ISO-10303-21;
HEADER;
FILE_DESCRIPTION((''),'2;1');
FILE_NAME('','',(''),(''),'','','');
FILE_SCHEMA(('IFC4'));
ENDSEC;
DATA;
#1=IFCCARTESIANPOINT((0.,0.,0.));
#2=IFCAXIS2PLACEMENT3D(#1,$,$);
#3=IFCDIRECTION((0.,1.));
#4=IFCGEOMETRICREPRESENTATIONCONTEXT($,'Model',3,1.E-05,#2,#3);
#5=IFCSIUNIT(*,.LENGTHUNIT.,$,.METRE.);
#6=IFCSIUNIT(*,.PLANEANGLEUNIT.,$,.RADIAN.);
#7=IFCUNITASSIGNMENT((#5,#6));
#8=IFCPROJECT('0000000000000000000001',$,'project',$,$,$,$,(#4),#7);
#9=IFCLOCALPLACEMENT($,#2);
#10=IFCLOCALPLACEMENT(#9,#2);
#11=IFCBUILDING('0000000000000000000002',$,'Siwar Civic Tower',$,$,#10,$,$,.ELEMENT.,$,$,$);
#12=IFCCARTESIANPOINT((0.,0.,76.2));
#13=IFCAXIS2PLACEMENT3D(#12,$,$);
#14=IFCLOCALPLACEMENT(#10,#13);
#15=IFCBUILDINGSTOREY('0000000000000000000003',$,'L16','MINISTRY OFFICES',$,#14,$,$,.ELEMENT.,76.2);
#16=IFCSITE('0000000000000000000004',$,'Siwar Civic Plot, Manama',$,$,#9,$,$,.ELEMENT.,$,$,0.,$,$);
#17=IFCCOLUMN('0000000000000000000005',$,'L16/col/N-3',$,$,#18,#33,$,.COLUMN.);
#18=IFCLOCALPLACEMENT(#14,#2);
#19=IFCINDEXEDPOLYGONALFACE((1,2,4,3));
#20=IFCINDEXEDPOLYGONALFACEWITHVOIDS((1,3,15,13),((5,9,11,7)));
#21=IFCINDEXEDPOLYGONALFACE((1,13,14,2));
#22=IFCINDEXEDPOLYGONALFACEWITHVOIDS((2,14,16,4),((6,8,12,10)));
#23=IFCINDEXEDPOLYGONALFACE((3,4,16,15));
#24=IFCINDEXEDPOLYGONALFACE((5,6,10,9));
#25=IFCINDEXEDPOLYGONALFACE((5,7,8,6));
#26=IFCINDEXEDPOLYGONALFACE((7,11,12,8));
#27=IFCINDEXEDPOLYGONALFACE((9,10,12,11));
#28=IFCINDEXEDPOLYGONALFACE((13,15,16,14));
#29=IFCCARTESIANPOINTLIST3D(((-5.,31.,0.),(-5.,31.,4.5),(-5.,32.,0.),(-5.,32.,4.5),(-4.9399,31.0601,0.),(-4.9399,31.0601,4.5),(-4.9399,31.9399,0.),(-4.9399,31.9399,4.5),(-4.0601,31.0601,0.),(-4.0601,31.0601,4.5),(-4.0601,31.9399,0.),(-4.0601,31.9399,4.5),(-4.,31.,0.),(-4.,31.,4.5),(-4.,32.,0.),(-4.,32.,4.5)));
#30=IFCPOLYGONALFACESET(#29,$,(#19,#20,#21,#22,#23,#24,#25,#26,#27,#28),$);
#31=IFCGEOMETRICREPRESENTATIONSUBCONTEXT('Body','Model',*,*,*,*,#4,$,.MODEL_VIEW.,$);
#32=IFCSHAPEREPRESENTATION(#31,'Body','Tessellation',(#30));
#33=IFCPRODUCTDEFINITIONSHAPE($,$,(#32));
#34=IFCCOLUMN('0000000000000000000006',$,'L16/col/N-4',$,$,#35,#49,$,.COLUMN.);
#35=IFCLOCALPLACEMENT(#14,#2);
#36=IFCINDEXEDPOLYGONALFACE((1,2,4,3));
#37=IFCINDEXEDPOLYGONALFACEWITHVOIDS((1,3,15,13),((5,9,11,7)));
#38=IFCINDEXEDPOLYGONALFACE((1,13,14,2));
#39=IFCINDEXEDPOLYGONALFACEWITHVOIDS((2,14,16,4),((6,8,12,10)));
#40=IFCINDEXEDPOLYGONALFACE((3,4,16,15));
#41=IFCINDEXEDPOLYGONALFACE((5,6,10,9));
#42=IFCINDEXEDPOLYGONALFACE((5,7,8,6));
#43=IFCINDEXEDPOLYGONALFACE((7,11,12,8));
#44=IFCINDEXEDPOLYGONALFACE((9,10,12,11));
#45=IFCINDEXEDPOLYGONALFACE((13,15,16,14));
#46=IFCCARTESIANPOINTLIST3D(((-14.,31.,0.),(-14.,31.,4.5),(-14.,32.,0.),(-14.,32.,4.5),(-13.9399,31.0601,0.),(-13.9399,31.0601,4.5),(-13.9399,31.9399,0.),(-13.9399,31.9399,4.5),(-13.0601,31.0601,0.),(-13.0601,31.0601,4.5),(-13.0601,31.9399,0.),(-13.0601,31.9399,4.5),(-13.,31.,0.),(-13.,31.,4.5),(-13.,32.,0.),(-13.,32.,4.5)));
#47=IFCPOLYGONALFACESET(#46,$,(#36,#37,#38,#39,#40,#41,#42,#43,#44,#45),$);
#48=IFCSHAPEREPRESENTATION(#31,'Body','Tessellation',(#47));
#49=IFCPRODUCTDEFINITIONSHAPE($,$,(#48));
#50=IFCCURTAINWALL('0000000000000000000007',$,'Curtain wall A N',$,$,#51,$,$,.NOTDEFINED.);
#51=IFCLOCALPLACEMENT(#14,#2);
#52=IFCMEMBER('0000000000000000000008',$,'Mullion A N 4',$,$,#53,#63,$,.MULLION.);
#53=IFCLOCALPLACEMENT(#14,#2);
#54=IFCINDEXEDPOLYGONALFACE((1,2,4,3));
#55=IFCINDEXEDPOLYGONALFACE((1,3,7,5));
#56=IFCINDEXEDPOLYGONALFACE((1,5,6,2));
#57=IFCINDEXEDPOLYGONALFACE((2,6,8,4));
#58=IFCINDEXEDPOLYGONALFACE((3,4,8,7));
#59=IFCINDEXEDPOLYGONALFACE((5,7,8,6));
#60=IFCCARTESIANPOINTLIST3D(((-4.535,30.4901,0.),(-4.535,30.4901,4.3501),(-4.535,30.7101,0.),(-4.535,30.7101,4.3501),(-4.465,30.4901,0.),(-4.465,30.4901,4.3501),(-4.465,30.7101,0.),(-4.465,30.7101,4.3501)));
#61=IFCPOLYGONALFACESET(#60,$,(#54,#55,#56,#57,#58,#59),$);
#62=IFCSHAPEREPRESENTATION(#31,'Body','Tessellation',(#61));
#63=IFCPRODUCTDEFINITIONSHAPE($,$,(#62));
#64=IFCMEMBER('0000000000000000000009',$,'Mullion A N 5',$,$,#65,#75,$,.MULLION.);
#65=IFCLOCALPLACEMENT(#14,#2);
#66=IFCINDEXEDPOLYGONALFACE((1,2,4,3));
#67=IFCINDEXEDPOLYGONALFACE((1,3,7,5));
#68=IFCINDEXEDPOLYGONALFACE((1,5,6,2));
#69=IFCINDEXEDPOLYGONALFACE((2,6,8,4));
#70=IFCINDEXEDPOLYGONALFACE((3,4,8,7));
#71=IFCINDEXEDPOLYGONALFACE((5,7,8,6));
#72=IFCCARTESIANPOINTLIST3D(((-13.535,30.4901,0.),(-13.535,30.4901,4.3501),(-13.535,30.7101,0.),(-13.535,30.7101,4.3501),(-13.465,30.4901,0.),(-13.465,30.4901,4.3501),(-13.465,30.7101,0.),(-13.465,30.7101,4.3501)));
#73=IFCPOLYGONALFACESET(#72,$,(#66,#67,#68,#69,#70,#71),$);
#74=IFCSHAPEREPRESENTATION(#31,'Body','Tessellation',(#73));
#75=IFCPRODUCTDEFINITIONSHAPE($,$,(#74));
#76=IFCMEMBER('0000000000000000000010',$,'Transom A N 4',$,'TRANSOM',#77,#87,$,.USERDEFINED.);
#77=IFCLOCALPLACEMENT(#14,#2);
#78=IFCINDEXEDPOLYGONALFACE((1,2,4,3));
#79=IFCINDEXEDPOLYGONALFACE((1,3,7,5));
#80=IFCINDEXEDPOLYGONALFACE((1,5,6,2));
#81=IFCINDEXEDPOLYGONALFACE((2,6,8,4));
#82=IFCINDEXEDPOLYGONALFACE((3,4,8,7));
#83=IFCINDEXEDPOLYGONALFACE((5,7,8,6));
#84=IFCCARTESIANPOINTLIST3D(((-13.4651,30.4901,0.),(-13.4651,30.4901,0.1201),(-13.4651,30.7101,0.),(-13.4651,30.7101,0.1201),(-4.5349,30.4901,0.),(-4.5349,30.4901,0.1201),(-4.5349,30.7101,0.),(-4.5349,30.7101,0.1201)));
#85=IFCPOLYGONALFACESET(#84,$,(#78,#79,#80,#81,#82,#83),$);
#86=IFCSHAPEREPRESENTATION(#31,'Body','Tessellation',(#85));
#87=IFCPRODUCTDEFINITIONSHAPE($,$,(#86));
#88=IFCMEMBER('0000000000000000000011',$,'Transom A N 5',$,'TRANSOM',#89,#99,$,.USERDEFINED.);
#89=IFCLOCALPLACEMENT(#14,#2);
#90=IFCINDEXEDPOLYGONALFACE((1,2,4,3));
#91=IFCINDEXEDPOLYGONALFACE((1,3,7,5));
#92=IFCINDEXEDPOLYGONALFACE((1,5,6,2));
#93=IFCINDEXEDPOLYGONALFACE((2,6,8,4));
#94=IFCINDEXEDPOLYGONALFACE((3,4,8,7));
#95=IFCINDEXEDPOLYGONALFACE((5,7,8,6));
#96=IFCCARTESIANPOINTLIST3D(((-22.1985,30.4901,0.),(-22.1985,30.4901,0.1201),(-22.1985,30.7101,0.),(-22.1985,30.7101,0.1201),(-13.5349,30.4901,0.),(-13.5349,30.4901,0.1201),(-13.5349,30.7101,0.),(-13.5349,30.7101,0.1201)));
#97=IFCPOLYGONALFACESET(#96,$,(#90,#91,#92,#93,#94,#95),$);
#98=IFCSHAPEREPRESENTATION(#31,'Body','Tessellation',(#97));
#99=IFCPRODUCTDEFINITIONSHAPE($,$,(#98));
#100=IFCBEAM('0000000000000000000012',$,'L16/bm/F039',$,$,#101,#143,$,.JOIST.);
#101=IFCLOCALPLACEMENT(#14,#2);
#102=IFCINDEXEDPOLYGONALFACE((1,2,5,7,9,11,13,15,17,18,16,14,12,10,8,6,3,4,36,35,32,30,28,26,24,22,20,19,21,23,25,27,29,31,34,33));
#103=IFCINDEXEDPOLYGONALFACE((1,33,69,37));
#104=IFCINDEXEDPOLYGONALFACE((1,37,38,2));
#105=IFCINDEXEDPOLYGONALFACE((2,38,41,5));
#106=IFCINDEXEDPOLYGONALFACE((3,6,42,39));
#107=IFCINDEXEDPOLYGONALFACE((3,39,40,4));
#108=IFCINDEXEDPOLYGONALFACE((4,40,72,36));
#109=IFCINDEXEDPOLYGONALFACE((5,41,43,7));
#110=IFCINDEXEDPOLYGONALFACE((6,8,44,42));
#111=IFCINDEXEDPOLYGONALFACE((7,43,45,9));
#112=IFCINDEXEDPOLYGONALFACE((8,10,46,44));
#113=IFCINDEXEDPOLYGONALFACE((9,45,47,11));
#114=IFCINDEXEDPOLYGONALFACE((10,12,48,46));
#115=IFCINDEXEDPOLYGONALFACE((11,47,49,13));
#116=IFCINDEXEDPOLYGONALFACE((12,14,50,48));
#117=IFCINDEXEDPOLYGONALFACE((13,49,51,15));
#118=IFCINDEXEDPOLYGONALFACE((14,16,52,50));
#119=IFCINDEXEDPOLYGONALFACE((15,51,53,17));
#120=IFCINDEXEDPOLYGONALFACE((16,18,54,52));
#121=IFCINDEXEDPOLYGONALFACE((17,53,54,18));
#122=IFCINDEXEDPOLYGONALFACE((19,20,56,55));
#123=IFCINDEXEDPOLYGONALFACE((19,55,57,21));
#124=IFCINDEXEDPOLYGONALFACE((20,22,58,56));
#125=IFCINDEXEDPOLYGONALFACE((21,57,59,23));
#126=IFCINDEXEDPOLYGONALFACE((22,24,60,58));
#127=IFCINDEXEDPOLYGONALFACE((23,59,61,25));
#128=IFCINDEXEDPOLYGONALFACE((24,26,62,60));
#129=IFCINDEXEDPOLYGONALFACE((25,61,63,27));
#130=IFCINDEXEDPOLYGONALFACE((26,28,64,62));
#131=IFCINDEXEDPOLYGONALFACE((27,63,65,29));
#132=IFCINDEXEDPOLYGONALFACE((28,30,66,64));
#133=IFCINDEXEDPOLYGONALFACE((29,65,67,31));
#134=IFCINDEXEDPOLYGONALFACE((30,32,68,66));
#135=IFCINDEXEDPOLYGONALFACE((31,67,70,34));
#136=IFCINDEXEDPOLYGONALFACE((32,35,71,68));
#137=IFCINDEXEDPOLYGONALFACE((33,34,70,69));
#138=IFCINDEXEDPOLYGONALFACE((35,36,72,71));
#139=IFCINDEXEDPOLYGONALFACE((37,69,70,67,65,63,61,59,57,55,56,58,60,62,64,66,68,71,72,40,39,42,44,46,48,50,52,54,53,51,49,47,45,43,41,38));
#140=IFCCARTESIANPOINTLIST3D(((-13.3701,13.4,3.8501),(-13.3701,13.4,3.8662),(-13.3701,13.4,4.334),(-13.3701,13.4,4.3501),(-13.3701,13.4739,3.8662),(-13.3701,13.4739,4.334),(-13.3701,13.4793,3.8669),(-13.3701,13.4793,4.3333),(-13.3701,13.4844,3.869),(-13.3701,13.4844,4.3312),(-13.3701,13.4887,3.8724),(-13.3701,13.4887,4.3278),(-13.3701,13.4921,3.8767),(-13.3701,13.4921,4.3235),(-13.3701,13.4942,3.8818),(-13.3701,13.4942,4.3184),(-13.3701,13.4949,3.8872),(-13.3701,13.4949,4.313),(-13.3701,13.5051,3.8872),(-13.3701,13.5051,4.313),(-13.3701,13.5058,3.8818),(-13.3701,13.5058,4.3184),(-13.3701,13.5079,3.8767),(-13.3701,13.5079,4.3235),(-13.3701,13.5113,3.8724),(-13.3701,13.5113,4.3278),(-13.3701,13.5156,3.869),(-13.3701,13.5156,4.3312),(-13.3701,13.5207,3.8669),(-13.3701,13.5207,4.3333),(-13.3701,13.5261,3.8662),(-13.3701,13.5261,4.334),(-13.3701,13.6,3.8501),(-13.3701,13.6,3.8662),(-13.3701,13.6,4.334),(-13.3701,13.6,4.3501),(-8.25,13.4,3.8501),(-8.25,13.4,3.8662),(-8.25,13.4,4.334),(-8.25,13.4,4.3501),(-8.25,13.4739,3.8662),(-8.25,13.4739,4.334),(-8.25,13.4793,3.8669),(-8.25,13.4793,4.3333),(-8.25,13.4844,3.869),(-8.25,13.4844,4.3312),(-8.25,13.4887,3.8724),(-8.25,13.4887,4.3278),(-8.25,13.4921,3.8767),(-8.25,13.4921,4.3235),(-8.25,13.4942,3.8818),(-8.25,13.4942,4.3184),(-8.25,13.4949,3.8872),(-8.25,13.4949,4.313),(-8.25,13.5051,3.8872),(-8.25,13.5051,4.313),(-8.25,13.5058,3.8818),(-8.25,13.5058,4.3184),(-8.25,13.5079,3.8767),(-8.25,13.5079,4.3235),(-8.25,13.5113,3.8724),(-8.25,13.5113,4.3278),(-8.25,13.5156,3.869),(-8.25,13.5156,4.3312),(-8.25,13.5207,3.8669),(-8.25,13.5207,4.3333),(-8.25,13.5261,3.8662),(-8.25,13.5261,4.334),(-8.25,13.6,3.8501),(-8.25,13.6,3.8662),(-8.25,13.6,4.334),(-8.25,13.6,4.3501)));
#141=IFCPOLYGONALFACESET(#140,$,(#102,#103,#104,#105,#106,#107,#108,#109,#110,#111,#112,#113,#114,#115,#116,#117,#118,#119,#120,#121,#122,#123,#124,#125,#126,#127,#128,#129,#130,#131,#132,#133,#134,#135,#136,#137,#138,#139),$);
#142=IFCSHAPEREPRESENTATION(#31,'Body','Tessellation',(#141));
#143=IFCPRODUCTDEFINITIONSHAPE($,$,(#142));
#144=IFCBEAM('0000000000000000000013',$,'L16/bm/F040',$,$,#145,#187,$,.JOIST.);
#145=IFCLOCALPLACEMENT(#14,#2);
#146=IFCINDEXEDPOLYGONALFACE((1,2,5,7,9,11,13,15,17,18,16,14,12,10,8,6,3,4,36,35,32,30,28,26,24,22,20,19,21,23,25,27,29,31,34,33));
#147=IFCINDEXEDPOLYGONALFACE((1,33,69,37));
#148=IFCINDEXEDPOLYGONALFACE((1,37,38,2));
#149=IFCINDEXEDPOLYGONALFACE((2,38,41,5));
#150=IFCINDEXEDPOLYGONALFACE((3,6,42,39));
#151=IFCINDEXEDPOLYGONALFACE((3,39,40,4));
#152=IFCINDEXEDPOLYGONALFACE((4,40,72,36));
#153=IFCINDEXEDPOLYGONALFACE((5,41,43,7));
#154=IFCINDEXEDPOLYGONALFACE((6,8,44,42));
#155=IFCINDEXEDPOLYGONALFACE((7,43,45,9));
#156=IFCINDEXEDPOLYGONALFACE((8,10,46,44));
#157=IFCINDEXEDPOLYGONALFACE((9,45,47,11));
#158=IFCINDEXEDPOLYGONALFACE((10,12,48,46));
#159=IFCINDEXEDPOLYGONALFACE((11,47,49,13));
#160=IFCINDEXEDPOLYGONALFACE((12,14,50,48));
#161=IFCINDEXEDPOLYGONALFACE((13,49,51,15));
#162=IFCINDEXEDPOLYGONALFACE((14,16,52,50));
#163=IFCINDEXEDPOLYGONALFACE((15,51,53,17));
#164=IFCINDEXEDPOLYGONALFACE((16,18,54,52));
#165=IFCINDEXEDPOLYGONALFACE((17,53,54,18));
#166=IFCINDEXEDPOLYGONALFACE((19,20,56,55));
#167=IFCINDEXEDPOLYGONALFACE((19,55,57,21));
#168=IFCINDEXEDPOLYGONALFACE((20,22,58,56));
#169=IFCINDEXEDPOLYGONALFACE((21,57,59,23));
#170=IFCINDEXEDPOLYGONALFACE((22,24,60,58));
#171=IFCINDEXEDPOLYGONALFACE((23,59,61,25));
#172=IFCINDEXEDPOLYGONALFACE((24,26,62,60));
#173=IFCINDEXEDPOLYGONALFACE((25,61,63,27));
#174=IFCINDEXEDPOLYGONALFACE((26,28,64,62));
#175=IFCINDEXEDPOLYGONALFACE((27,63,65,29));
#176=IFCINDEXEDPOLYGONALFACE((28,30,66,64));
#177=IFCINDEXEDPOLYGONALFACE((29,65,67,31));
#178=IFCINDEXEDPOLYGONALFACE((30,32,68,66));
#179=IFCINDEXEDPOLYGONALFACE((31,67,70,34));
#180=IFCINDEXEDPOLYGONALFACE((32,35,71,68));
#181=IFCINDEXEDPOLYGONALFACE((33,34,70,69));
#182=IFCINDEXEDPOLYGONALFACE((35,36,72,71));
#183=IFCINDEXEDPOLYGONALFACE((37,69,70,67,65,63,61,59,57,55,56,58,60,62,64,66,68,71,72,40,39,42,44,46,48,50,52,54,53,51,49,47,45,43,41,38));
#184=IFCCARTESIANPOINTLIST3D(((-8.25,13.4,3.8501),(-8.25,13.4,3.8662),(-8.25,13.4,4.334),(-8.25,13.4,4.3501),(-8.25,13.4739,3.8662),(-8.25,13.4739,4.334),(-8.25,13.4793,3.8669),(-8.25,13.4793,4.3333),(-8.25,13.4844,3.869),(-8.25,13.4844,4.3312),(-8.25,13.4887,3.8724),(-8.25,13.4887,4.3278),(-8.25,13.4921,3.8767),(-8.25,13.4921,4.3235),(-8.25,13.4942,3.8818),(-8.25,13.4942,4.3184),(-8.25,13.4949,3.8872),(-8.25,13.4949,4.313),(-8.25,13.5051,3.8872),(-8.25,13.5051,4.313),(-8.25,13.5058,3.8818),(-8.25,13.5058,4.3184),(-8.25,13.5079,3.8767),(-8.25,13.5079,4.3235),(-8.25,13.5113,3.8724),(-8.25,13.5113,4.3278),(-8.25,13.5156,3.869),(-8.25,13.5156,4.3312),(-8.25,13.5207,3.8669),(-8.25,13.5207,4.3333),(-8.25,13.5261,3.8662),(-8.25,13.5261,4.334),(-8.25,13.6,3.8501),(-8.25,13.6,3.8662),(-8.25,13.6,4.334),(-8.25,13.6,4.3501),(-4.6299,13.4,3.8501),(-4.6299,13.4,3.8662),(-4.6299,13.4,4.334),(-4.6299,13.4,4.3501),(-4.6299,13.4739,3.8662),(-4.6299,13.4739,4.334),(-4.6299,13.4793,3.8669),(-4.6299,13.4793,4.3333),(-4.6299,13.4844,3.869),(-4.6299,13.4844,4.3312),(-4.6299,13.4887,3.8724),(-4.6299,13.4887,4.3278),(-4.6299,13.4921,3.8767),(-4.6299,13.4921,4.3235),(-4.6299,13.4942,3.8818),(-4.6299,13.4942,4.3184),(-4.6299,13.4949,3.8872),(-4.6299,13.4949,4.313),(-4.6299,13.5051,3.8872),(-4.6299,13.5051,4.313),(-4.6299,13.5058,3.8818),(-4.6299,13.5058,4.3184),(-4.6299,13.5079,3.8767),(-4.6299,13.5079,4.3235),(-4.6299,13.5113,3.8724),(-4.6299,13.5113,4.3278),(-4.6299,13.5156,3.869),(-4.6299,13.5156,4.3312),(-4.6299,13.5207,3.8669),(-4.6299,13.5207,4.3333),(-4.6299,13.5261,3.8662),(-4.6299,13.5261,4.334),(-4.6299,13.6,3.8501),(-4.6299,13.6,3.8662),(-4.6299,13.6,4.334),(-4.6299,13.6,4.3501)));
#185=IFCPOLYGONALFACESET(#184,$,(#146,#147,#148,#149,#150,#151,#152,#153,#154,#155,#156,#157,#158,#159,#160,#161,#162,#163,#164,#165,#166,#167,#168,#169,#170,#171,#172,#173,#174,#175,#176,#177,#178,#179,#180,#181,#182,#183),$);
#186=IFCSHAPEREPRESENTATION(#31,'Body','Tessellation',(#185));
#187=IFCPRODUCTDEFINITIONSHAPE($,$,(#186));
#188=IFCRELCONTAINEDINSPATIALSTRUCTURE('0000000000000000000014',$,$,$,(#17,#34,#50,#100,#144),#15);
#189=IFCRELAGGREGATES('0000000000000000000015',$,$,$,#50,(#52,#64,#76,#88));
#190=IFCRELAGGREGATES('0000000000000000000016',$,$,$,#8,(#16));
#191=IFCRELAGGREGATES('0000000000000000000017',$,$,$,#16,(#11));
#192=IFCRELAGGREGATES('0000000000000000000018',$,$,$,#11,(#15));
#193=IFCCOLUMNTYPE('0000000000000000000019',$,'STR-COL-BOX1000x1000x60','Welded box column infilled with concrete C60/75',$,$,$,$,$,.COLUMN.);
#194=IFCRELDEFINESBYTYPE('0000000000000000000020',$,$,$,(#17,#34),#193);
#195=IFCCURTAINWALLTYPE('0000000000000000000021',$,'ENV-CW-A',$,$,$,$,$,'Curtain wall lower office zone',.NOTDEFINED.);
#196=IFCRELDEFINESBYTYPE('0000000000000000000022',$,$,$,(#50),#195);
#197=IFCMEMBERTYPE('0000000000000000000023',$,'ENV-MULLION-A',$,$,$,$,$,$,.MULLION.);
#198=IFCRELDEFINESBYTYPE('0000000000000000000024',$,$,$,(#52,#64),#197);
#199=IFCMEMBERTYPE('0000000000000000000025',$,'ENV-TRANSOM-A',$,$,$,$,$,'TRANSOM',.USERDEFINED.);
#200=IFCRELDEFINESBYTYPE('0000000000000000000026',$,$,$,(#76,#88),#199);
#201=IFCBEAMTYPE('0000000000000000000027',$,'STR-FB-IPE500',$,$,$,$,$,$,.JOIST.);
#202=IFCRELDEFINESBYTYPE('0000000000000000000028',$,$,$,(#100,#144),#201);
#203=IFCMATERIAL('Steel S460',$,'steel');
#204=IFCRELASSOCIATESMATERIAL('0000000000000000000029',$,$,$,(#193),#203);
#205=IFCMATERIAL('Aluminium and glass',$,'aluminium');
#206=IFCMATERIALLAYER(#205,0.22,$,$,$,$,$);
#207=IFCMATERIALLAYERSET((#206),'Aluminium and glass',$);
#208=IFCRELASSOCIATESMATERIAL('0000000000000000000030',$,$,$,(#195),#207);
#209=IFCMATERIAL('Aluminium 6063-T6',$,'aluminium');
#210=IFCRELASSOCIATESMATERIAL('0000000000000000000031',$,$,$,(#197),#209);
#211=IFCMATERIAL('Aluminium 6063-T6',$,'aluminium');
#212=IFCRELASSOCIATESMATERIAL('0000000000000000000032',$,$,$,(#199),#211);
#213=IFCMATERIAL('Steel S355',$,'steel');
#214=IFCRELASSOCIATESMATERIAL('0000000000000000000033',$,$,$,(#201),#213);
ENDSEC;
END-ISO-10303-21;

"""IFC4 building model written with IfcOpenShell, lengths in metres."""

from ifc_helpers import new_model, si_unit, direction, frame, origin, origin_2d, place, context, subcontext, project, spatial, rectangle, hollow_rectangle, i_section, extrude, material, layer, layer_set, material_profile, profile_set, type_object, element, aggregate, save


model = new_model("IFC4")

# Units and contexts
model_context = context("Model", 3, precision=1e-05, world=origin(), true_north=direction((0.0, 1.0)))
body_context = subcontext(model_context, "Body", "Model", "MODEL_VIEW")
ifc_project = project(units=[si_unit("LENGTHUNIT", "METRE"), si_unit("PLANEANGLEUNIT", "RADIAN")], contexts=[model_context])

# Site, building, storey
site_placement = place(None, origin())
site = spatial("IfcSite", under=ifc_project, at=site_placement, Name="Siwar Civic Plot, Manama", CompositionType="ELEMENT", RefElevation=0.0)
building_placement = place(site_placement, origin())
building = spatial("IfcBuilding", under=site, at=building_placement, Name="Siwar Civic Tower", CompositionType="ELEMENT")
storey_placement = place(building_placement, frame((0.0, 0.0, 76.2)))
storey = spatial("IfcBuildingStorey", under=building, at=storey_placement, Name="L16", Description="MINISTRY OFFICES", CompositionType="ELEMENT", Elevation=76.2)

# Columns
ifc_material_1 = material(Name="Steel S460", Category="steel")
ifc_material_profile_1 = material_profile(ifc_material_1, hollow_rectangle(XDim=1.0, YDim=1.0, WallThickness=0.0601, at=origin_2d()), Name="BOX1000x1000x60")
ifc_profile_set_1 = profile_set([ifc_material_profile_1], Name="Steel S460")
column_type = type_object("IfcColumnType", Name="STR-COL-BOX1000x1000x60", Description="Welded box column infilled with concrete C60/75", PredefinedType="COLUMN", material=ifc_profile_set_1)
for number, where, z_axis, x_axis, name in (
    (1, (-4.5, 31.5, 0.0), (0.0, 0.0, 1.0), (1.0, 0.0, 0.0), "L16/col/N-3"),
    (2, (-13.5, 31.5, 0.0), (0.0, 0.0, 1.0), (1.0, 0.0, 0.0), "L16/col/N-4"),
):
    element("IfcColumn", number, at=place(storey_placement, frame(where, z_axis=z_axis, x_axis=x_axis)), inside=storey, type_object=column_type, Name=name, PredefinedType="COLUMN", context=body_context, shape_type="SweptSolid", body=[
        extrude(hollow_rectangle(XDim=1.0, YDim=1.0, WallThickness=0.0601, at=origin_2d()), origin(), (0.0, 0.0, 1.0), 4.5),
    ])

# Curtain wall, members
ifc_material_2 = material(Name="Aluminium and glass", Category="aluminium")
ifc_layer_1 = layer(ifc_material_2, 0.22)
ifc_layer_set_1 = layer_set([ifc_layer_1], Name="Aluminium and glass")
curtain_wall_type = type_object("IfcCurtainWallType", Name="ENV-CW-A", ElementType="Curtain wall lower office zone", PredefinedType="NOTDEFINED", material=ifc_layer_set_1)
curtain_wall_placement = place(storey_placement, origin())
curtain_wall = element("IfcCurtainWall", 3, at=curtain_wall_placement, inside=storey, type_object=curtain_wall_type, Name="Curtain wall A N", PredefinedType="NOTDEFINED")
ifc_material_3 = material(Name="Aluminium 6063-T6", Category="aluminium")
ifc_material_profile_2 = material_profile(ifc_material_3, rectangle(XDim=0.22, YDim=0.0701, at=origin_2d()), Name="AL 220x70")
ifc_profile_set_2 = profile_set([ifc_material_profile_2], Name="Aluminium 6063-T6")
member_type_1 = type_object("IfcMemberType", Name="ENV-MULLION-A", PredefinedType="MULLION", material=ifc_profile_set_2)
member_1_placement = place(storey_placement, frame((-4.5, 30.6001, 0.0), z_axis=(0.0, 0.0, 1.0), x_axis=(0.0, -1.0, 0.0)))
member_1 = element("IfcMember", 4, at=member_1_placement, type_object=member_type_1, Name="Mullion A N 4", PredefinedType="MULLION", context=body_context, shape_type="SweptSolid", body=[
    extrude(rectangle(XDim=0.22, YDim=0.0701, at=origin_2d()), origin(), (0.0, 0.0, 1.0), 4.3501),
])
member_2_placement = place(storey_placement, frame((-13.5, 30.6001, 0.0), z_axis=(0.0, 0.0, 1.0), x_axis=(0.0, -1.0, 0.0)))
member_2 = element("IfcMember", 5, at=member_2_placement, type_object=member_type_1, Name="Mullion A N 5", PredefinedType="MULLION", context=body_context, shape_type="SweptSolid", body=[
    extrude(rectangle(XDim=0.22, YDim=0.0701, at=origin_2d()), origin(), (0.0, 0.0, 1.0), 4.3501),
])
ifc_material_4 = material(Name="Aluminium 6063-T6", Category="aluminium")
ifc_material_profile_3 = material_profile(ifc_material_4, rectangle(XDim=0.22, YDim=0.1201, at=origin_2d()), Name="AL 220x120")
ifc_profile_set_3 = profile_set([ifc_material_profile_3], Name="Aluminium 6063-T6")
member_type_2 = type_object("IfcMemberType", Name="ENV-TRANSOM-A", ElementType="TRANSOM", PredefinedType="USERDEFINED", material=ifc_profile_set_3)
member_3_placement = place(storey_placement, frame((-4.5349, 30.6001, 0.0601), z_axis=(-1.0, 0.0, 0.0), x_axis=(0.0, -1.0, 0.0)))
member_3 = element("IfcMember", 6, at=member_3_placement, type_object=member_type_2, Name="Transom A N 4", ObjectType="TRANSOM", PredefinedType="USERDEFINED", context=body_context, shape_type="SweptSolid", body=[
    extrude(rectangle(XDim=0.22, YDim=0.1201, at=origin_2d()), origin(), (0.0, 0.0, 1.0), 8.9302),
])
member_4_placement = place(storey_placement, frame((-13.5349, 30.6001, 0.0601), z_axis=(-1.0, 0.0, 0.0), x_axis=(0.0, -1.0, 0.0)))
member_4 = element("IfcMember", 7, at=member_4_placement, type_object=member_type_2, Name="Transom A N 5", ObjectType="TRANSOM", PredefinedType="USERDEFINED", context=body_context, shape_type="SweptSolid", body=[
    extrude(rectangle(XDim=0.22, YDim=0.1201, at=origin_2d()), origin(), (0.0, 0.0, 1.0), 8.6636),
])

# Beams
ifc_material_5 = material(Name="Steel S355", Category="steel")
ifc_material_profile_4 = material_profile(ifc_material_5, i_section(OverallWidth=0.2, OverallDepth=0.5, WebThickness=0.0103, FlangeThickness=0.0161, FilletRadius=0.021, at=origin_2d()), Name="IPE500")
ifc_profile_set_4 = profile_set([ifc_material_profile_4], Name="Steel S355")
beam_type_1 = type_object("IfcBeamType", Name="STR-FB-IPE500", PredefinedType="JOIST", material=ifc_profile_set_4)
beam_1_placement = place(storey_placement, frame((-13.3701, 13.5, 4.1001), z_axis=(1.0, 0.0, 0.0), x_axis=(0.0, 1.0, 0.0)))
element("IfcBeam", 8, at=beam_1_placement, inside=storey, type_object=beam_type_1, Name="L16/bm/F039", PredefinedType="JOIST", context=body_context, shape_type="SweptSolid", body=[
    extrude(i_section(OverallWidth=0.2, OverallDepth=0.5, WebThickness=0.0103, FlangeThickness=0.0161, FilletRadius=0.021, at=origin_2d()), origin(), (0.0, 0.0, 1.0), 5.1201),
])
beam_2_placement = place(storey_placement, frame((-8.25, 13.5, 4.1001), z_axis=(1.0, 0.0, 0.0), x_axis=(0.0, 1.0, 0.0)))
element("IfcBeam", 9, at=beam_2_placement, inside=storey, type_object=beam_type_1, Name="L16/bm/F040", PredefinedType="JOIST", context=body_context, shape_type="SweptSolid", body=[
    extrude(i_section(OverallWidth=0.2, OverallDepth=0.5, WebThickness=0.0103, FlangeThickness=0.0161, FilletRadius=0.021, at=origin_2d()), origin(), (0.0, 0.0, 1.0), 3.6201),
])

aggregate(curtain_wall, [member_1, member_2, member_3, member_4])

save(model, "model.ifc")
